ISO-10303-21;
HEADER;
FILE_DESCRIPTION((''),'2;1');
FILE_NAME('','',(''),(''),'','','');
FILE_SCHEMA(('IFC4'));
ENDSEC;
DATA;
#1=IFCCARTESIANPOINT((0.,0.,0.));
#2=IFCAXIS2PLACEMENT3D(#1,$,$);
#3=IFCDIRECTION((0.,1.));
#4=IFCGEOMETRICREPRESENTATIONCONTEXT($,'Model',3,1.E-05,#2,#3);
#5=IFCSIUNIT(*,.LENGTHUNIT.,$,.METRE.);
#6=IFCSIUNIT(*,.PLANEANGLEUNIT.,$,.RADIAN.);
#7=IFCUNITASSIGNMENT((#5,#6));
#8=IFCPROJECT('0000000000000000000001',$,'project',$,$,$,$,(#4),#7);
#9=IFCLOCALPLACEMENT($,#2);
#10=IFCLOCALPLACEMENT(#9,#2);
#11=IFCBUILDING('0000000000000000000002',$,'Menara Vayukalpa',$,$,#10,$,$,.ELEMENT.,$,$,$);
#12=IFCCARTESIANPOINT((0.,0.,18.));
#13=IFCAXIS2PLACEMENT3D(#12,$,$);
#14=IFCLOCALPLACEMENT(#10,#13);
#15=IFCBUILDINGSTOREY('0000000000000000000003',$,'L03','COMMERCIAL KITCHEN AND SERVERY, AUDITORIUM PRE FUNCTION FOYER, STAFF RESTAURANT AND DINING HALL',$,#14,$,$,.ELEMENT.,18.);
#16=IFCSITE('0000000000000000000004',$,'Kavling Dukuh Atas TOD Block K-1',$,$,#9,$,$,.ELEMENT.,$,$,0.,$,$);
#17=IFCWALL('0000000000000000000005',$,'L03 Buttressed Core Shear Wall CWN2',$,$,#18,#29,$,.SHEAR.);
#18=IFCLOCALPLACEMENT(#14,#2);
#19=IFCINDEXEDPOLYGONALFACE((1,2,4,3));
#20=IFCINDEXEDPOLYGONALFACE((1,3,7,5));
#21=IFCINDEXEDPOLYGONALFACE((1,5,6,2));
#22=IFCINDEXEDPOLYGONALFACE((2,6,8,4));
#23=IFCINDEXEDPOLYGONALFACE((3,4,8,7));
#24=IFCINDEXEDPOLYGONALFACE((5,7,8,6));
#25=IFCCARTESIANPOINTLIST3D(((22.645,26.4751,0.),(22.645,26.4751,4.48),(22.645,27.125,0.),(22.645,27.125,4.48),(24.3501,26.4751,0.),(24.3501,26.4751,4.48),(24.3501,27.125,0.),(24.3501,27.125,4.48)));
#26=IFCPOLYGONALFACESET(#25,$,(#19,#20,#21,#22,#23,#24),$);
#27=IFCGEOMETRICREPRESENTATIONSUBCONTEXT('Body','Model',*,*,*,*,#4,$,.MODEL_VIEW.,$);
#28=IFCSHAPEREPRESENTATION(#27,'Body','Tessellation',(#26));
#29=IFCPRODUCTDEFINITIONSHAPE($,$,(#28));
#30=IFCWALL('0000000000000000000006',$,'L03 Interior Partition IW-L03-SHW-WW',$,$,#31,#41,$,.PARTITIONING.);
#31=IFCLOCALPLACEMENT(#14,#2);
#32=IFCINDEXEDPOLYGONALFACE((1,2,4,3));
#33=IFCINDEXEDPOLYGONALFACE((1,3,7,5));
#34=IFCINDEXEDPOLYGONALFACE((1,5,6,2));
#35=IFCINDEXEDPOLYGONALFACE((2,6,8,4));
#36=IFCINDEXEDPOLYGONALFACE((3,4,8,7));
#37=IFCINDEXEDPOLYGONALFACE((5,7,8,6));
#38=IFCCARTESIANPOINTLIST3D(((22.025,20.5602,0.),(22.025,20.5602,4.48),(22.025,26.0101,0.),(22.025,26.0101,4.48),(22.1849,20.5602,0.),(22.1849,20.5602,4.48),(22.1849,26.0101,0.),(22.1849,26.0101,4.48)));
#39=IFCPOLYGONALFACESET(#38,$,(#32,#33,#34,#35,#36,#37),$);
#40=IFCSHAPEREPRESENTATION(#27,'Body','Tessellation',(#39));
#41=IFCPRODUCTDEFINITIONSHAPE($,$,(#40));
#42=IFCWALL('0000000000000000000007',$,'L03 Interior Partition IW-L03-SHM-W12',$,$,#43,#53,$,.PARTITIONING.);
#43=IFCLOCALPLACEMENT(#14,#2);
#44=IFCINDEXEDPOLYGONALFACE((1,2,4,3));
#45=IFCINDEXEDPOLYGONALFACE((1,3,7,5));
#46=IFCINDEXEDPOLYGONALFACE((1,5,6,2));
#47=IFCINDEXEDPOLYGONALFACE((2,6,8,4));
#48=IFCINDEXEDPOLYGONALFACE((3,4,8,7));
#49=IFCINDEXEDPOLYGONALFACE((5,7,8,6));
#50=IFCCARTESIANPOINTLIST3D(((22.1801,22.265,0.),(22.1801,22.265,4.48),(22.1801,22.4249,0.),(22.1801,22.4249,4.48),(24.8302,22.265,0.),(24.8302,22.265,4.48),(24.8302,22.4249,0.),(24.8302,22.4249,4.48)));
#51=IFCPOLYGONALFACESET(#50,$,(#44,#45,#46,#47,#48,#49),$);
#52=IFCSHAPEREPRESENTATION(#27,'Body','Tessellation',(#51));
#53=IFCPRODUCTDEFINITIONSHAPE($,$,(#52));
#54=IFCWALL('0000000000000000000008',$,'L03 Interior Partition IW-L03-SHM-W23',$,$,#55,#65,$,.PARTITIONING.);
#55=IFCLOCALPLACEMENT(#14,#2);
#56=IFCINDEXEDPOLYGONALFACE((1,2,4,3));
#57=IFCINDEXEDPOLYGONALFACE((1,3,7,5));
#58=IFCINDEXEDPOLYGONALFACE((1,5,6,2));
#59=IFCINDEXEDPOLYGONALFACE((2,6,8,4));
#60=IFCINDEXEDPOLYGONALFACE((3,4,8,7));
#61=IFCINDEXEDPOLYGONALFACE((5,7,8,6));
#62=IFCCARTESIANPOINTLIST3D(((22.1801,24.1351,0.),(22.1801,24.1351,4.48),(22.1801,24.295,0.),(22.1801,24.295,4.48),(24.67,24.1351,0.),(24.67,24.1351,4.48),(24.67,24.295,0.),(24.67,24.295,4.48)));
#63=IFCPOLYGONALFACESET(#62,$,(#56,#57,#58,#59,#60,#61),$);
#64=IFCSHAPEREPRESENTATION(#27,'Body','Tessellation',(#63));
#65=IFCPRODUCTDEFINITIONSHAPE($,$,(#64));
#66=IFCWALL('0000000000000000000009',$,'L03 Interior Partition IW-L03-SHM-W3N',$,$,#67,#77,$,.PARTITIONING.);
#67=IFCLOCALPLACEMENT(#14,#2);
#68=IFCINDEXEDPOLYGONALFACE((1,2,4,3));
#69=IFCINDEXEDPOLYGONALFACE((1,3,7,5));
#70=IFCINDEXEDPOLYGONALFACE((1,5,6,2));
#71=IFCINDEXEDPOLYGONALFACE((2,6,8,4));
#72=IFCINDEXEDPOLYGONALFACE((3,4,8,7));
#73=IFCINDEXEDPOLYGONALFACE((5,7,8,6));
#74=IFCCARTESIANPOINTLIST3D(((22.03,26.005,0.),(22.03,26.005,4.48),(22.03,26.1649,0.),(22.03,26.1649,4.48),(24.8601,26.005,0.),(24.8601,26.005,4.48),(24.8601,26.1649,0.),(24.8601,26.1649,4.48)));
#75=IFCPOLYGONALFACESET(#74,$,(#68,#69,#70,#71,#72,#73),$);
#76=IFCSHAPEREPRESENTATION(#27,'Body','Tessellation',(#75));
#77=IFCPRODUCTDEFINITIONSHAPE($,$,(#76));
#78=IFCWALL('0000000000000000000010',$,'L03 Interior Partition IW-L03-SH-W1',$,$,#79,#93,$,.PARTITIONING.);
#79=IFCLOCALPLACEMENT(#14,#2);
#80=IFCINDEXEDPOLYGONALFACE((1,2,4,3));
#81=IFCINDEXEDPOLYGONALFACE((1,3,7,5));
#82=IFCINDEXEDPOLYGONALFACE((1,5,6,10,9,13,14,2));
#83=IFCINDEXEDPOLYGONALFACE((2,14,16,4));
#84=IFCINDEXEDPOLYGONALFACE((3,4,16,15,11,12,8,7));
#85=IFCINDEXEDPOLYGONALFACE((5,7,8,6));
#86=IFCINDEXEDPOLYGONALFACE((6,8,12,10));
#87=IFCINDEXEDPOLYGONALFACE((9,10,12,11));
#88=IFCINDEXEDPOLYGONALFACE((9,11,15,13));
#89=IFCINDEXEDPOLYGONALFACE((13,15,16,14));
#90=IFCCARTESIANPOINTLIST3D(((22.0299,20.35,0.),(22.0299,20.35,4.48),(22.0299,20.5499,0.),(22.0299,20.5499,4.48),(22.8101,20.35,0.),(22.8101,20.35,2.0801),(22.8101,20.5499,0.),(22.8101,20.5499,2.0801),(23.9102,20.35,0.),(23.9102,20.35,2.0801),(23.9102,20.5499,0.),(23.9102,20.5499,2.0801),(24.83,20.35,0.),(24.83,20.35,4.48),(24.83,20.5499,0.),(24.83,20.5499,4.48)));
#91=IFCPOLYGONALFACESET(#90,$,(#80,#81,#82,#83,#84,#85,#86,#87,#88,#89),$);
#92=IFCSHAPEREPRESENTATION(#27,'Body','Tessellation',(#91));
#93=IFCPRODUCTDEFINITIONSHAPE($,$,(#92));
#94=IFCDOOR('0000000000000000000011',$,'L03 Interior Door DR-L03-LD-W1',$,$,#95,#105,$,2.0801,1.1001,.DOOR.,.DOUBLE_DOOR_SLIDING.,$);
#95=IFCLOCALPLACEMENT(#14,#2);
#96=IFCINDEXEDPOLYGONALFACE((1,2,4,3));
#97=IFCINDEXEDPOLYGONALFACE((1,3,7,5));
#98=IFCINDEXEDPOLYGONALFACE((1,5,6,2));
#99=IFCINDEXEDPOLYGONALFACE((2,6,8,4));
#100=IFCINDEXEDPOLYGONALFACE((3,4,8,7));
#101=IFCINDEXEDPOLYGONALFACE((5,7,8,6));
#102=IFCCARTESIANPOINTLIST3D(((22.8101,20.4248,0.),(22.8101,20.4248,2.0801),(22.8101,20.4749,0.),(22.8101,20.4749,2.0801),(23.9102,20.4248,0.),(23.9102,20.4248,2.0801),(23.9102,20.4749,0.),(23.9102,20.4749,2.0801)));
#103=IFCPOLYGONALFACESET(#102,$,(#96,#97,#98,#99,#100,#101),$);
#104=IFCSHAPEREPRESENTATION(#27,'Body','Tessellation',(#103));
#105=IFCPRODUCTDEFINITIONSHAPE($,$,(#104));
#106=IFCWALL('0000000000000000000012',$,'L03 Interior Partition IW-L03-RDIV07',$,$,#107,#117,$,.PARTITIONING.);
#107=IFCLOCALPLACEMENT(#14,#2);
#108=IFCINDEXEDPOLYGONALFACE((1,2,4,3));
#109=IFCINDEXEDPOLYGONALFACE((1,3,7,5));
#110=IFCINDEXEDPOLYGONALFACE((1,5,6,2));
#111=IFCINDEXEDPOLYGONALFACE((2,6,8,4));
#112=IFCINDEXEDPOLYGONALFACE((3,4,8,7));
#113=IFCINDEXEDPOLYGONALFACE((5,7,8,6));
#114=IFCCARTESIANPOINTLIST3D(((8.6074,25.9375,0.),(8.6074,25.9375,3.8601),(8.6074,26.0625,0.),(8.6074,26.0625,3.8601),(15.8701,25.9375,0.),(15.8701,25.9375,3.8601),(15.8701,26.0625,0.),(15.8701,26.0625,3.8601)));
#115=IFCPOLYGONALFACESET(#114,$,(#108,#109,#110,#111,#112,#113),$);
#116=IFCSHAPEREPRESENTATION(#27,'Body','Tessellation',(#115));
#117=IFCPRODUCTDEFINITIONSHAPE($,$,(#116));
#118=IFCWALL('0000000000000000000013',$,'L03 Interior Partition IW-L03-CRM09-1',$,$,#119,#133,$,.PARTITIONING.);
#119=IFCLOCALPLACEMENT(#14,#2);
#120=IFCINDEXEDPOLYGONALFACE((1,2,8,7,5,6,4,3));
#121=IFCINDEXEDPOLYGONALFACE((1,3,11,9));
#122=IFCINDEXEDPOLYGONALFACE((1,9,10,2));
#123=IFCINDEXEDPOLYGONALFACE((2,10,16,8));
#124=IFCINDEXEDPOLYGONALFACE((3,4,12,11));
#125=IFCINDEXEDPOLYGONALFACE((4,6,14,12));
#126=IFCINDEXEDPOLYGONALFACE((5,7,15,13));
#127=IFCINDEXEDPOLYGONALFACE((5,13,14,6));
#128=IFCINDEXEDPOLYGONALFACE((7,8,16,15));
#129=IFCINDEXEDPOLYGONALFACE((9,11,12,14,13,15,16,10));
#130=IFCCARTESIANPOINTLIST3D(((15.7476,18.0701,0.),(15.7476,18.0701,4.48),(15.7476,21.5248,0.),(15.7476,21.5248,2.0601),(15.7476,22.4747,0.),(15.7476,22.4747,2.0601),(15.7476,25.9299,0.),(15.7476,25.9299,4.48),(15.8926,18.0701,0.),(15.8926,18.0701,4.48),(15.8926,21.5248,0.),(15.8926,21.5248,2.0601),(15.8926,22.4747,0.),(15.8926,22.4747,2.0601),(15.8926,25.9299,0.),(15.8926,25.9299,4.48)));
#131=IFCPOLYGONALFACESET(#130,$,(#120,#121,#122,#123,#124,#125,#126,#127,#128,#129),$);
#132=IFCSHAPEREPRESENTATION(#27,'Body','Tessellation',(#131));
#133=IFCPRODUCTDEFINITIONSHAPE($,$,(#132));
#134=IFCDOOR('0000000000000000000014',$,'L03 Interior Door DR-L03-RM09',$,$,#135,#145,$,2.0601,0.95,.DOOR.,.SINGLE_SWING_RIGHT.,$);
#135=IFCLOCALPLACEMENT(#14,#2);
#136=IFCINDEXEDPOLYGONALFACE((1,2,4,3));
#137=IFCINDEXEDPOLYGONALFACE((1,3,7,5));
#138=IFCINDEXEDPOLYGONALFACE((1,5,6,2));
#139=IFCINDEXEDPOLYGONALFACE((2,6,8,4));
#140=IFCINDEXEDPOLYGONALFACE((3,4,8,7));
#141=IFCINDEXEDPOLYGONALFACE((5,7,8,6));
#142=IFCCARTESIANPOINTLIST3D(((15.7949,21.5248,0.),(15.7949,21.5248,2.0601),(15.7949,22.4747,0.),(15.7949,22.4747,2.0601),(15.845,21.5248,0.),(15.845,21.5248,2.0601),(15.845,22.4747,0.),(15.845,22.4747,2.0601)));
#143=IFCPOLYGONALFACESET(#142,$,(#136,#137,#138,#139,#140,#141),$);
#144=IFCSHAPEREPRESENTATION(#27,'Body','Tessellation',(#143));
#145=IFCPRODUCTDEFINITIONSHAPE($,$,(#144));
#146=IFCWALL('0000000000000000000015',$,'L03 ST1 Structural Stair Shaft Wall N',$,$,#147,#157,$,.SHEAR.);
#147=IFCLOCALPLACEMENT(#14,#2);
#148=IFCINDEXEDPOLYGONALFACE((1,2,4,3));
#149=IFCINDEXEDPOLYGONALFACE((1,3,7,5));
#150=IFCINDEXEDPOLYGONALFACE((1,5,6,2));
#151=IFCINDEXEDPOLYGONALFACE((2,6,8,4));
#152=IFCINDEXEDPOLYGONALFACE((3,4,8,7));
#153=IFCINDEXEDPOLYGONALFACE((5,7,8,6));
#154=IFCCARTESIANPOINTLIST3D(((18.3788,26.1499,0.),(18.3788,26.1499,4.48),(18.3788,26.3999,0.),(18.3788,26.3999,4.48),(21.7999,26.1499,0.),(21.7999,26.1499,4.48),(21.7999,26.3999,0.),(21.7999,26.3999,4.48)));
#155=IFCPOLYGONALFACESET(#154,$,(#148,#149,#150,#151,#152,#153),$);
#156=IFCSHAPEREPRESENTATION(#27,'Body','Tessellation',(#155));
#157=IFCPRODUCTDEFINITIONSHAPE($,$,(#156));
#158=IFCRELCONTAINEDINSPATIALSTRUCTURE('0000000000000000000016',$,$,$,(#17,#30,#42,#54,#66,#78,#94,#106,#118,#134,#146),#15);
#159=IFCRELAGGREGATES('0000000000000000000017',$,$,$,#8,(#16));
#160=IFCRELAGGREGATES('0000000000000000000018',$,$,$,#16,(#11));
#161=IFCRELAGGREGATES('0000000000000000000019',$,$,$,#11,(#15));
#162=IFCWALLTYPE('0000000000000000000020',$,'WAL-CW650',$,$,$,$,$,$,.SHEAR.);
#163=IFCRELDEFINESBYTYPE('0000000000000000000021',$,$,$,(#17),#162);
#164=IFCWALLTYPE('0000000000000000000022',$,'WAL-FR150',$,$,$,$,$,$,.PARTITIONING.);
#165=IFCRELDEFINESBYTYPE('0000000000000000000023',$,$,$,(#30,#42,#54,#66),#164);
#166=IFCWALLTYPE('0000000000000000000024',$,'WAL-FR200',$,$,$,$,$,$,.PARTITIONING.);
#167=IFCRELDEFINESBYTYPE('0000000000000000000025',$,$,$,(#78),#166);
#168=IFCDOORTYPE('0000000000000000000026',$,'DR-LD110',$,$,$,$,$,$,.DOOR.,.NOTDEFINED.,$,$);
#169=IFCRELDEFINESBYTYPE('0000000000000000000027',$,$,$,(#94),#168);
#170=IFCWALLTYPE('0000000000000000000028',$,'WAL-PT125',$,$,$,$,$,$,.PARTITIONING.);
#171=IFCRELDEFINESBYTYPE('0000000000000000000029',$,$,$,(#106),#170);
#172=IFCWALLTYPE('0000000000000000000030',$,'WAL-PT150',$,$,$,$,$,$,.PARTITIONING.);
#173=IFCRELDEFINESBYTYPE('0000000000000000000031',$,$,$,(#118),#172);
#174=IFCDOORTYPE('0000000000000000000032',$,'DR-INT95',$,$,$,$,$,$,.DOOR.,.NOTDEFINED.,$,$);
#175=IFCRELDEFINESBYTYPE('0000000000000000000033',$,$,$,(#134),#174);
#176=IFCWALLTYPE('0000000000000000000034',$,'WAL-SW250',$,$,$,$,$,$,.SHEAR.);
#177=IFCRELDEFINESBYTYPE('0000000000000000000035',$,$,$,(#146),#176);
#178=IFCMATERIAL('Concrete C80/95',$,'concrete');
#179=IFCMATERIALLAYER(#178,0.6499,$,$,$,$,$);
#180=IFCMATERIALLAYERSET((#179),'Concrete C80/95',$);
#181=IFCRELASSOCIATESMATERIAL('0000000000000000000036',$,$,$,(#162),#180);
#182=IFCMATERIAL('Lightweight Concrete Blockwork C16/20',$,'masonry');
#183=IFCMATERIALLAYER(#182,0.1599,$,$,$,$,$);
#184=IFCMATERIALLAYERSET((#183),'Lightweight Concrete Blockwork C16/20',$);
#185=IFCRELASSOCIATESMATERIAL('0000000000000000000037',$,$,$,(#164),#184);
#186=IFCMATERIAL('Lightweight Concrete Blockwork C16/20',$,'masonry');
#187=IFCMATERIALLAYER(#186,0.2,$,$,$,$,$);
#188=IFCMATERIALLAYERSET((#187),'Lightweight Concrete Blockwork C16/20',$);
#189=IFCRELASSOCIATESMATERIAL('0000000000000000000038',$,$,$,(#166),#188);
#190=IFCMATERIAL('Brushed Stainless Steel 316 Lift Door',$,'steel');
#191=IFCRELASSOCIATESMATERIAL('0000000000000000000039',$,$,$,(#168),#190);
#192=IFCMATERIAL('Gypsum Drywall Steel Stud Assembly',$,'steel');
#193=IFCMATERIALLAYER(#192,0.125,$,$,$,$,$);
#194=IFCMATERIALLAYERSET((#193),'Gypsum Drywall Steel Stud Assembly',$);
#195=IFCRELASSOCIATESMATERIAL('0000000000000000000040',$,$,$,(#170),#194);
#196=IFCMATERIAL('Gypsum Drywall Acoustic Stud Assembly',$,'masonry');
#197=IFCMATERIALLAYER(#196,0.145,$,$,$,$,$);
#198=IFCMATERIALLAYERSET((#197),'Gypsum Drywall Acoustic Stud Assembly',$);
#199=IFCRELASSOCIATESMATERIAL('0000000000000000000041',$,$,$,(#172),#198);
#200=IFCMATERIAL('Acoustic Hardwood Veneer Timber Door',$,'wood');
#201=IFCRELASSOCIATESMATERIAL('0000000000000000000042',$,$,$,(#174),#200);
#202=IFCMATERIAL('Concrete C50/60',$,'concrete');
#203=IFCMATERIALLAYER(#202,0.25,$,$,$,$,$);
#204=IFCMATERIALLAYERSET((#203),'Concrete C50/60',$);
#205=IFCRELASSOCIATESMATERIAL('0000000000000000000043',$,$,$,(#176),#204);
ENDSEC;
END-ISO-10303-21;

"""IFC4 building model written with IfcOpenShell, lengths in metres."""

from ifc_helpers import new_model, si_unit, direction, frame, frame_2d, origin, place, context, subcontext, project, spatial, rectangle, extrude, material, layer, layer_set, type_object, element, fill, save


model = new_model("IFC4")

# Units and contexts
model_context = context("Model", 3, precision=1e-05, world=origin(), true_north=direction((0.0, 1.0)))
body_context = subcontext(model_context, "Body", "Model", "MODEL_VIEW")
ifc_project = project(units=[si_unit("LENGTHUNIT", "METRE"), si_unit("PLANEANGLEUNIT", "RADIAN")], contexts=[model_context])

# Site, building, storey
site_placement = place(None, origin())
site = spatial("IfcSite", under=ifc_project, at=site_placement, Name="Kavling Dukuh Atas TOD Block K-1", CompositionType="ELEMENT", RefElevation=0.0)
building_placement = place(site_placement, origin())
building = spatial("IfcBuilding", under=site, at=building_placement, Name="Menara Vayukalpa", CompositionType="ELEMENT")
storey_placement = place(building_placement, frame((0.0, 0.0, 18.0)))
storey = spatial("IfcBuildingStorey", under=building, at=storey_placement, Name="L03", Description="COMMERCIAL KITCHEN AND SERVERY, AUDITORIUM PRE FUNCTION FOYER, STAFF RESTAURANT AND DINING HALL", CompositionType="ELEMENT", Elevation=18.0)

# Walls
ifc_material_1 = material(Name="Concrete C80/95", Category="concrete")
ifc_layer_1 = layer(ifc_material_1, 0.6499)
ifc_layer_set_1 = layer_set([ifc_layer_1], Name="Concrete C80/95")
wall_type_1 = type_object("IfcWallType", Name="WAL-CW650", PredefinedType="SHEAR", material=ifc_layer_set_1)
wall_1_placement = place(storey_placement, frame((22.645, 26.8, 0.0), z_axis=(0.0, 0.0, 1.0), x_axis=(1.0, 0.0, 0.0)))
element("IfcWall", 1, at=wall_1_placement, inside=storey, type_object=wall_type_1, Name="L03 Buttressed Core Shear Wall CWN2", PredefinedType="SHEAR", context=body_context, shape_type="SweptSolid", body=[
    extrude(rectangle(XDim=1.7051, YDim=0.6499, at=frame_2d((0.8525, 0.0))), origin(), (0.0, 0.0, 1.0), 4.48),
])
ifc_material_2 = material(Name="Lightweight Concrete Blockwork C16/20", Category="masonry")
ifc_layer_2 = layer(ifc_material_2, 0.1599)
ifc_layer_set_2 = layer_set([ifc_layer_2], Name="Lightweight Concrete Blockwork C16/20")
wall_type_2 = type_object("IfcWallType", Name="WAL-FR150", PredefinedType="PARTITIONING", material=ifc_layer_set_2)
wall_2_placement = place(storey_placement, frame((22.105, 20.5601, 0.0), z_axis=(0.0, 0.0, 1.0), x_axis=(0.0, 1.0, 0.0)))
element("IfcWall", 2, at=wall_2_placement, inside=storey, type_object=wall_type_2, Name="L03 Interior Partition IW-L03-SHW-WW", PredefinedType="PARTITIONING", context=body_context, shape_type="SweptSolid", body=[
    extrude(rectangle(XDim=5.45, YDim=0.1599, at=frame_2d((2.7251, 0.0))), origin(), (0.0, 0.0, 1.0), 4.48),
])
wall_3_placement = place(storey_placement, frame((22.1799, 22.345, 0.0), z_axis=(0.0, 0.0, 1.0), x_axis=(1.0, 0.0, 0.0)))
element("IfcWall", 3, at=wall_3_placement, inside=storey, type_object=wall_type_2, Name="L03 Interior Partition IW-L03-SHM-W12", PredefinedType="PARTITIONING", context=body_context, shape_type="SweptSolid", body=[
    extrude(rectangle(XDim=2.6501, YDim=0.1599, at=frame_2d((1.3252, 0.0))), origin(), (0.0, 0.0, 1.0), 4.48),
])
wall_4_placement = place(storey_placement, frame((22.1799, 24.2151, 0.0), z_axis=(0.0, 0.0, 1.0), x_axis=(1.0, 0.0, 0.0)))
element("IfcWall", 4, at=wall_4_placement, inside=storey, type_object=wall_type_2, Name="L03 Interior Partition IW-L03-SHM-W23", PredefinedType="PARTITIONING", context=body_context, shape_type="SweptSolid", body=[
    extrude(rectangle(XDim=2.49, YDim=0.1599, at=frame_2d((1.2451, 0.0))), origin(), (0.0, 0.0, 1.0), 4.48),
])
wall_5_placement = place(storey_placement, frame((22.03, 26.085, 0.0), z_axis=(0.0, 0.0, 1.0), x_axis=(1.0, 0.0, 0.0)))
element("IfcWall", 5, at=wall_5_placement, inside=storey, type_object=wall_type_2, Name="L03 Interior Partition IW-L03-SHM-W3N", PredefinedType="PARTITIONING", context=body_context, shape_type="SweptSolid", body=[
    extrude(rectangle(XDim=2.8301, YDim=0.1599, at=frame_2d((1.415, 0.0))), origin(), (0.0, 0.0, 1.0), 4.48),
])

# Wall, opening, door
ifc_material_3 = material(Name="Lightweight Concrete Blockwork C16/20", Category="masonry")
ifc_layer_3 = layer(ifc_material_3, 0.2)
ifc_layer_set_3 = layer_set([ifc_layer_3], Name="Lightweight Concrete Blockwork C16/20")
wall_type_3 = type_object("IfcWallType", Name="WAL-FR200", PredefinedType="PARTITIONING", material=ifc_layer_set_3)
wall_6_placement = place(storey_placement, frame((22.03, 20.45, 0.0), z_axis=(0.0, 0.0, 1.0), x_axis=(1.0, 0.0, 0.0)))
wall_6 = element("IfcWall", 6, at=wall_6_placement, inside=storey, type_object=wall_type_3, Name="L03 Interior Partition IW-L03-SH-W1", PredefinedType="PARTITIONING", context=body_context, shape_type="SweptSolid", body=[
    extrude(rectangle(XDim=2.8, YDim=0.2, at=frame_2d((1.3999, 0.0))), origin(), (0.0, 0.0, 1.0), 4.48),
])
opening_1_placement = place(wall_6_placement, frame((0.78, 0.0, 0.0)))
opening_1 = element("IfcOpeningElement", 7, at=opening_1_placement, cuts=wall_6, PredefinedType="OPENING", context=body_context, shape_type="SweptSolid", body=[
    extrude(rectangle(XDim=1.1001, YDim=2.0801, at=frame_2d((0.55, 1.04))), frame((0.0, 0.1099, 0.0), z_axis=(0.0, -1.0, 0.0), x_axis=(1.0, 0.0, 0.0)), (0.0, 0.0, 1.0), 0.22),
])
ifc_material_4 = material(Name="Brushed Stainless Steel 316 Lift Door", Category="steel")
door_type_1 = type_object("IfcDoorType", Name="DR-LD110", OperationType="NOTDEFINED", PredefinedType="DOOR", material=ifc_material_4)
door_1_placement = place(opening_1_placement, origin())
door_1 = element("IfcDoor", 8, at=door_1_placement, inside=storey, type_object=door_type_1, Name="L03 Interior Door DR-L03-LD-W1", OperationType="DOUBLE_DOOR_SLIDING", OverallHeight=2.0801, OverallWidth=1.1001, PredefinedType="DOOR", context=body_context, shape_type="SweptSolid", body=[
    extrude(rectangle(XDim=1.1001, YDim=2.0801, at=frame_2d((0.55, 1.04))), frame((0.0, 0.0249, 0.0), z_axis=(0.0, -1.0, 0.0), x_axis=(1.0, 0.0, 0.0)), (0.0, 0.0, 1.0), 0.05),
])
fill(opening_1, door_1)

# Wall
ifc_material_5 = material(Name="Gypsum Drywall Steel Stud Assembly", Category="steel")
ifc_layer_4 = layer(ifc_material_5, 0.125)
ifc_layer_set_4 = layer_set([ifc_layer_4], Name="Gypsum Drywall Steel Stud Assembly")
wall_type_4 = type_object("IfcWallType", Name="WAL-PT125", PredefinedType="PARTITIONING", material=ifc_layer_set_4)
wall_7_placement = place(storey_placement, frame((8.6074, 26.0, 0.0), z_axis=(0.0, 0.0, 1.0), x_axis=(1.0, 0.0, 0.0)))
element("IfcWall", 9, at=wall_7_placement, inside=storey, type_object=wall_type_4, Name="L03 Interior Partition IW-L03-RDIV07", PredefinedType="PARTITIONING", context=body_context, shape_type="SweptSolid", body=[
    extrude(rectangle(XDim=7.2627, YDim=0.125, at=frame_2d((3.6313, 0.0))), origin(), (0.0, 0.0, 1.0), 3.8601),
])

# Wall, opening, door
ifc_material_6 = material(Name="Gypsum Drywall Acoustic Stud Assembly", Category="masonry")
ifc_layer_5 = layer(ifc_material_6, 0.145)
ifc_layer_set_5 = layer_set([ifc_layer_5], Name="Gypsum Drywall Acoustic Stud Assembly")
wall_type_5 = type_object("IfcWallType", Name="WAL-PT150", PredefinedType="PARTITIONING", material=ifc_layer_set_5)
wall_8_placement = place(storey_placement, frame((15.8201, 25.9299, 0.0), z_axis=(0.0, 0.0, 1.0), x_axis=(0.0, -1.0, 0.0)))
wall_8 = element("IfcWall", 10, at=wall_8_placement, inside=storey, type_object=wall_type_5, Name="L03 Interior Partition IW-L03-CRM09-1", PredefinedType="PARTITIONING", context=body_context, shape_type="SweptSolid", body=[
    extrude(rectangle(XDim=7.8599, YDim=0.145, at=frame_2d((3.9299, 0.0))), origin(), (0.0, 0.0, 1.0), 4.48),
])
opening_2_placement = place(wall_8_placement, frame((3.4551, 0.0, 0.0)))
opening_2 = element("IfcOpeningElement", 11, at=opening_2_placement, cuts=wall_8, PredefinedType="OPENING", context=body_context, shape_type="SweptSolid", body=[
    extrude(rectangle(XDim=0.95, YDim=2.0601, at=frame_2d((0.4751, 1.03))), frame((0.0, 0.0825, 0.0), z_axis=(0.0, -1.0, 0.0), x_axis=(1.0, 0.0, 0.0)), (0.0, 0.0, 1.0), 0.165),
])
ifc_material_7 = material(Name="Acoustic Hardwood Veneer Timber Door", Category="wood")
door_type_2 = type_object("IfcDoorType", Name="DR-INT95", OperationType="NOTDEFINED", PredefinedType="DOOR", material=ifc_material_7)
door_2_placement = place(opening_2_placement, origin())
door_2 = element("IfcDoor", 12, at=door_2_placement, inside=storey, type_object=door_type_2, Name="L03 Interior Door DR-L03-RM09", OperationType="SINGLE_SWING_RIGHT", OverallHeight=2.0601, OverallWidth=0.95, PredefinedType="DOOR", context=body_context, shape_type="SweptSolid", body=[
    extrude(rectangle(XDim=0.95, YDim=2.0601, at=frame_2d((0.4751, 1.03))), frame((0.0, 0.0249, 0.0), z_axis=(0.0, -1.0, 0.0), x_axis=(1.0, 0.0, 0.0)), (0.0, 0.0, 1.0), 0.05),
])
fill(opening_2, door_2)

# Wall
ifc_material_8 = material(Name="Concrete C50/60", Category="concrete")
ifc_layer_6 = layer(ifc_material_8, 0.25)
ifc_layer_set_6 = layer_set([ifc_layer_6], Name="Concrete C50/60")
wall_type_6 = type_object("IfcWallType", Name="WAL-SW250", PredefinedType="SHEAR", material=ifc_layer_set_6)
wall_9_placement = place(storey_placement, frame((18.3789, 26.2749, 0.0), z_axis=(0.0, 0.0, 1.0), x_axis=(1.0, 0.0, 0.0)))
element("IfcWall", 13, at=wall_9_placement, inside=storey, type_object=wall_type_6, Name="L03 ST1 Structural Stair Shaft Wall N", PredefinedType="SHEAR", context=body_context, shape_type="SweptSolid", body=[
    extrude(rectangle(XDim=3.4211, YDim=0.25, at=frame_2d((1.7104, 0.0))), origin(), (0.0, 0.0, 1.0), 4.48),
])

save(model, "model.ifc")
